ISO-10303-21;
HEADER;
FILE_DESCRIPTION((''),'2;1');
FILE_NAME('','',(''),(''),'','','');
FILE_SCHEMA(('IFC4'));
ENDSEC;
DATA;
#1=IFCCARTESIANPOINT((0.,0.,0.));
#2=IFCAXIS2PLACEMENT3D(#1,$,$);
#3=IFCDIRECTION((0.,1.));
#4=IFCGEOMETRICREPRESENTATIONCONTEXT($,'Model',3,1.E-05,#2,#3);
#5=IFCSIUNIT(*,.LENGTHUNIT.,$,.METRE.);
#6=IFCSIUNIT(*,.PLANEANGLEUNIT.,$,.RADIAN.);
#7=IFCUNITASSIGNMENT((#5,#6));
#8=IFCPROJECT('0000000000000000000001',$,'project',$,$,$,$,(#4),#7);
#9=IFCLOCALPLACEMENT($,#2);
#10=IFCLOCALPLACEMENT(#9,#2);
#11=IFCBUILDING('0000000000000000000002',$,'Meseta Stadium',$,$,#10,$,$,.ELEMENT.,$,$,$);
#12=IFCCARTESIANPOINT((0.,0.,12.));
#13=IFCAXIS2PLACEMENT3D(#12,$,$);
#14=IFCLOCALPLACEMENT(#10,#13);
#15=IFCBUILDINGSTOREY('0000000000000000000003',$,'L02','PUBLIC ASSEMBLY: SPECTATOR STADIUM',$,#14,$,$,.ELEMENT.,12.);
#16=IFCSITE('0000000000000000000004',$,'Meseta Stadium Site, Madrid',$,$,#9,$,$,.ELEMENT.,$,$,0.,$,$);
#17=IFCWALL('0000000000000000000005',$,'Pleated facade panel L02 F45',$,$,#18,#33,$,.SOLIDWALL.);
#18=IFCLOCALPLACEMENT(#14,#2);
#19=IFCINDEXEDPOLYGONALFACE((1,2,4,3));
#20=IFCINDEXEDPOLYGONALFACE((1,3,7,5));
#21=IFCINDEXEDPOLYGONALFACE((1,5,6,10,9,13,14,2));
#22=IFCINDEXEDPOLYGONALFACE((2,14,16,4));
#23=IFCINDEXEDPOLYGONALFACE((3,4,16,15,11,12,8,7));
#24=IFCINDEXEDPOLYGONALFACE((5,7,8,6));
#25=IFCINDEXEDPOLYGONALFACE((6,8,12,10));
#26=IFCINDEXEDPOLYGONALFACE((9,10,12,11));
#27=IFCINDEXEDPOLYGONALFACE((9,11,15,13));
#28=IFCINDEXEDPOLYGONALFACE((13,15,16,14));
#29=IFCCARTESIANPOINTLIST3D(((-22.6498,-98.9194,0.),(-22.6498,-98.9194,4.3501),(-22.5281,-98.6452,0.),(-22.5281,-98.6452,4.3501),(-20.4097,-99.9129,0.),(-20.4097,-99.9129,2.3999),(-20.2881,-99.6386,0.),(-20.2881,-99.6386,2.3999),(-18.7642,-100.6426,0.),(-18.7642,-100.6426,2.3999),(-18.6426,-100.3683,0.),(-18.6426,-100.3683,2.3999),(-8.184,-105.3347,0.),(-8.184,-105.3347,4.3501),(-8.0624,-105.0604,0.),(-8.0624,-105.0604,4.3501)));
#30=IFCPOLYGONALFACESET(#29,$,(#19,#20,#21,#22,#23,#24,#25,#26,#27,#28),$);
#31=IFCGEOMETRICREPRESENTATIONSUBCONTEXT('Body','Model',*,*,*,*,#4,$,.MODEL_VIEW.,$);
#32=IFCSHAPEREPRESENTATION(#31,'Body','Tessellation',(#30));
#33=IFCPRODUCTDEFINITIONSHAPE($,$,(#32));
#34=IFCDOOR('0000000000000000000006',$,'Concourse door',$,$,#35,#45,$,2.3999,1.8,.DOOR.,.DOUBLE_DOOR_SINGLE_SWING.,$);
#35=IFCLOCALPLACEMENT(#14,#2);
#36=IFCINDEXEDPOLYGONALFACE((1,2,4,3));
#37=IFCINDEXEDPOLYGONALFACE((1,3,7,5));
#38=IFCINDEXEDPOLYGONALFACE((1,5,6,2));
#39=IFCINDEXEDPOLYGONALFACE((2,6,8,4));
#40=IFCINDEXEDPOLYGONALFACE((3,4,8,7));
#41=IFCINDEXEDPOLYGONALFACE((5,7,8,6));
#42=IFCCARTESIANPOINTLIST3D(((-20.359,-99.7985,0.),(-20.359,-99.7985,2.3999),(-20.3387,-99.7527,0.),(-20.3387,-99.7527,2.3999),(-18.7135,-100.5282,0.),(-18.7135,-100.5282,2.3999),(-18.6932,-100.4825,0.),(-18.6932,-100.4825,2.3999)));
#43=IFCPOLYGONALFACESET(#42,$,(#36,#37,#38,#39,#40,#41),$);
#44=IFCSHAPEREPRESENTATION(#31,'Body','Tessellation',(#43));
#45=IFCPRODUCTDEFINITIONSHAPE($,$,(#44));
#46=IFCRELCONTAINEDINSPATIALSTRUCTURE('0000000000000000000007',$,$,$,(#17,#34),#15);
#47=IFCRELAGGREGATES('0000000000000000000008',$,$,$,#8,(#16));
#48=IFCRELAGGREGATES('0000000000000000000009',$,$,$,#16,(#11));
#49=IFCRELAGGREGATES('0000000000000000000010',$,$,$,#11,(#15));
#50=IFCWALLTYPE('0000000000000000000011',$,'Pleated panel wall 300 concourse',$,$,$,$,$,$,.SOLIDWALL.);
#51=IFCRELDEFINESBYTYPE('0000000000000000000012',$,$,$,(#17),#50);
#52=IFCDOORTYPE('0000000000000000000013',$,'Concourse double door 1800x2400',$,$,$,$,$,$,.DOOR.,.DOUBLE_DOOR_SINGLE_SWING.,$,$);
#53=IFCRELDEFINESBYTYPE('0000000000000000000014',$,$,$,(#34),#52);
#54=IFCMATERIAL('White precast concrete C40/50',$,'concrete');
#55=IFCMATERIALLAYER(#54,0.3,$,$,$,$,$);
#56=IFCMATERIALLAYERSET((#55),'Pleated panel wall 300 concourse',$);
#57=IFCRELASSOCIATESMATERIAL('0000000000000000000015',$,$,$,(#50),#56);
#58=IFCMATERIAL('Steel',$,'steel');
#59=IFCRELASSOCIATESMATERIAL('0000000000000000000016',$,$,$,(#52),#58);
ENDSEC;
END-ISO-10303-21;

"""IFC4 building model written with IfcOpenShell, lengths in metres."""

from ifc_helpers import new_model, si_unit, direction, frame, frame_2d, origin, place, context, subcontext, project, spatial, rectangle, extrude, material, layer, layer_set, type_object, element, fill, save


model = new_model("IFC4")

# Units and contexts
model_context = context("Model", 3, precision=1e-05, world=origin(), true_north=direction((0.0, 1.0)))
body_context = subcontext(model_context, "Body", "Model", "MODEL_VIEW")
ifc_project = project(units=[si_unit("LENGTHUNIT", "METRE"), si_unit("PLANEANGLEUNIT", "RADIAN")], contexts=[model_context])

# Site, building, storey
site_placement = place(None, origin())
site = spatial("IfcSite", under=ifc_project, at=site_placement, Name="Meseta Stadium Site, Madrid", CompositionType="ELEMENT", RefElevation=0.0)
building_placement = place(site_placement, origin())
building = spatial("IfcBuilding", under=site, at=building_placement, Name="Meseta Stadium", CompositionType="ELEMENT")
storey_placement = place(building_placement, frame((0.0, 0.0, 12.0)))
storey = spatial("IfcBuildingStorey", under=building, at=storey_placement, Name="L02", Description="PUBLIC ASSEMBLY: SPECTATOR STADIUM", CompositionType="ELEMENT", Elevation=12.0)

# Wall, opening, door
ifc_material_1 = material(Name="White precast concrete C40/50", Category="concrete")
ifc_layer_1 = layer(ifc_material_1, 0.3)
ifc_layer_set_1 = layer_set([ifc_layer_1], Name="Pleated panel wall 300 concourse")
wall_type_1 = type_object("IfcWallType", Name="Pleated panel wall 300 concourse", PredefinedType="SOLIDWALL", material=ifc_layer_set_1)
wall_1_placement = place(storey_placement, frame((-8.1233, -105.1975, 0.0), z_axis=(0.0, 0.0, 1.0), x_axis=(-0.914139, 0.405401, 0.0)))
wall_1 = element("IfcWall", 1, at=wall_1_placement, inside=storey, type_object=wall_type_1, Name="Pleated facade panel L02 F45", PredefinedType="SOLIDWALL", context=body_context, shape_type="SweptSolid", body=[
    extrude(rectangle(XDim=15.8245, YDim=0.3, at=frame_2d((7.9121, 0.0))), origin(), (0.0, 0.0, 1.0), 4.3501),
])
opening_placement = place(wall_1_placement, frame((11.574, 0.0, 0.0)))
opening = element("IfcOpeningElement", 2, at=opening_placement, cuts=wall_1, PredefinedType="OPENING", context=body_context, shape_type="SweptSolid", body=[
    extrude(rectangle(XDim=1.8, YDim=2.3999, at=frame_2d((0.8999, 1.2))), frame((0.0, 0.1599, 0.0), z_axis=(0.0, -1.0, 0.0), x_axis=(1.0, 0.0, 0.0)), (0.0, 0.0, 1.0), 0.3201),
])
ifc_material_2 = material(Name="Steel", Category="steel")
door_type = type_object("IfcDoorType", Name="Concourse double door 1800x2400", OperationType="DOUBLE_DOOR_SINGLE_SWING", PredefinedType="DOOR", material=ifc_material_2)
door_placement = place(opening_placement, origin())
door = element("IfcDoor", 3, at=door_placement, inside=storey, type_object=door_type, Name="Concourse door", OperationType="DOUBLE_DOOR_SINGLE_SWING", OverallHeight=2.3999, OverallWidth=1.8, PredefinedType="DOOR", context=body_context, shape_type="SweptSolid", body=[
    extrude(rectangle(XDim=1.8, YDim=2.3999, at=frame_2d((0.8999, 1.2))), frame((0.0, 0.0249, 0.0), z_axis=(0.0, -1.0, 0.0), x_axis=(1.0, 0.0, 0.0)), (0.0, 0.0, 1.0), 0.05),
])
fill(opening, door)

save(model, "model.ifc")
